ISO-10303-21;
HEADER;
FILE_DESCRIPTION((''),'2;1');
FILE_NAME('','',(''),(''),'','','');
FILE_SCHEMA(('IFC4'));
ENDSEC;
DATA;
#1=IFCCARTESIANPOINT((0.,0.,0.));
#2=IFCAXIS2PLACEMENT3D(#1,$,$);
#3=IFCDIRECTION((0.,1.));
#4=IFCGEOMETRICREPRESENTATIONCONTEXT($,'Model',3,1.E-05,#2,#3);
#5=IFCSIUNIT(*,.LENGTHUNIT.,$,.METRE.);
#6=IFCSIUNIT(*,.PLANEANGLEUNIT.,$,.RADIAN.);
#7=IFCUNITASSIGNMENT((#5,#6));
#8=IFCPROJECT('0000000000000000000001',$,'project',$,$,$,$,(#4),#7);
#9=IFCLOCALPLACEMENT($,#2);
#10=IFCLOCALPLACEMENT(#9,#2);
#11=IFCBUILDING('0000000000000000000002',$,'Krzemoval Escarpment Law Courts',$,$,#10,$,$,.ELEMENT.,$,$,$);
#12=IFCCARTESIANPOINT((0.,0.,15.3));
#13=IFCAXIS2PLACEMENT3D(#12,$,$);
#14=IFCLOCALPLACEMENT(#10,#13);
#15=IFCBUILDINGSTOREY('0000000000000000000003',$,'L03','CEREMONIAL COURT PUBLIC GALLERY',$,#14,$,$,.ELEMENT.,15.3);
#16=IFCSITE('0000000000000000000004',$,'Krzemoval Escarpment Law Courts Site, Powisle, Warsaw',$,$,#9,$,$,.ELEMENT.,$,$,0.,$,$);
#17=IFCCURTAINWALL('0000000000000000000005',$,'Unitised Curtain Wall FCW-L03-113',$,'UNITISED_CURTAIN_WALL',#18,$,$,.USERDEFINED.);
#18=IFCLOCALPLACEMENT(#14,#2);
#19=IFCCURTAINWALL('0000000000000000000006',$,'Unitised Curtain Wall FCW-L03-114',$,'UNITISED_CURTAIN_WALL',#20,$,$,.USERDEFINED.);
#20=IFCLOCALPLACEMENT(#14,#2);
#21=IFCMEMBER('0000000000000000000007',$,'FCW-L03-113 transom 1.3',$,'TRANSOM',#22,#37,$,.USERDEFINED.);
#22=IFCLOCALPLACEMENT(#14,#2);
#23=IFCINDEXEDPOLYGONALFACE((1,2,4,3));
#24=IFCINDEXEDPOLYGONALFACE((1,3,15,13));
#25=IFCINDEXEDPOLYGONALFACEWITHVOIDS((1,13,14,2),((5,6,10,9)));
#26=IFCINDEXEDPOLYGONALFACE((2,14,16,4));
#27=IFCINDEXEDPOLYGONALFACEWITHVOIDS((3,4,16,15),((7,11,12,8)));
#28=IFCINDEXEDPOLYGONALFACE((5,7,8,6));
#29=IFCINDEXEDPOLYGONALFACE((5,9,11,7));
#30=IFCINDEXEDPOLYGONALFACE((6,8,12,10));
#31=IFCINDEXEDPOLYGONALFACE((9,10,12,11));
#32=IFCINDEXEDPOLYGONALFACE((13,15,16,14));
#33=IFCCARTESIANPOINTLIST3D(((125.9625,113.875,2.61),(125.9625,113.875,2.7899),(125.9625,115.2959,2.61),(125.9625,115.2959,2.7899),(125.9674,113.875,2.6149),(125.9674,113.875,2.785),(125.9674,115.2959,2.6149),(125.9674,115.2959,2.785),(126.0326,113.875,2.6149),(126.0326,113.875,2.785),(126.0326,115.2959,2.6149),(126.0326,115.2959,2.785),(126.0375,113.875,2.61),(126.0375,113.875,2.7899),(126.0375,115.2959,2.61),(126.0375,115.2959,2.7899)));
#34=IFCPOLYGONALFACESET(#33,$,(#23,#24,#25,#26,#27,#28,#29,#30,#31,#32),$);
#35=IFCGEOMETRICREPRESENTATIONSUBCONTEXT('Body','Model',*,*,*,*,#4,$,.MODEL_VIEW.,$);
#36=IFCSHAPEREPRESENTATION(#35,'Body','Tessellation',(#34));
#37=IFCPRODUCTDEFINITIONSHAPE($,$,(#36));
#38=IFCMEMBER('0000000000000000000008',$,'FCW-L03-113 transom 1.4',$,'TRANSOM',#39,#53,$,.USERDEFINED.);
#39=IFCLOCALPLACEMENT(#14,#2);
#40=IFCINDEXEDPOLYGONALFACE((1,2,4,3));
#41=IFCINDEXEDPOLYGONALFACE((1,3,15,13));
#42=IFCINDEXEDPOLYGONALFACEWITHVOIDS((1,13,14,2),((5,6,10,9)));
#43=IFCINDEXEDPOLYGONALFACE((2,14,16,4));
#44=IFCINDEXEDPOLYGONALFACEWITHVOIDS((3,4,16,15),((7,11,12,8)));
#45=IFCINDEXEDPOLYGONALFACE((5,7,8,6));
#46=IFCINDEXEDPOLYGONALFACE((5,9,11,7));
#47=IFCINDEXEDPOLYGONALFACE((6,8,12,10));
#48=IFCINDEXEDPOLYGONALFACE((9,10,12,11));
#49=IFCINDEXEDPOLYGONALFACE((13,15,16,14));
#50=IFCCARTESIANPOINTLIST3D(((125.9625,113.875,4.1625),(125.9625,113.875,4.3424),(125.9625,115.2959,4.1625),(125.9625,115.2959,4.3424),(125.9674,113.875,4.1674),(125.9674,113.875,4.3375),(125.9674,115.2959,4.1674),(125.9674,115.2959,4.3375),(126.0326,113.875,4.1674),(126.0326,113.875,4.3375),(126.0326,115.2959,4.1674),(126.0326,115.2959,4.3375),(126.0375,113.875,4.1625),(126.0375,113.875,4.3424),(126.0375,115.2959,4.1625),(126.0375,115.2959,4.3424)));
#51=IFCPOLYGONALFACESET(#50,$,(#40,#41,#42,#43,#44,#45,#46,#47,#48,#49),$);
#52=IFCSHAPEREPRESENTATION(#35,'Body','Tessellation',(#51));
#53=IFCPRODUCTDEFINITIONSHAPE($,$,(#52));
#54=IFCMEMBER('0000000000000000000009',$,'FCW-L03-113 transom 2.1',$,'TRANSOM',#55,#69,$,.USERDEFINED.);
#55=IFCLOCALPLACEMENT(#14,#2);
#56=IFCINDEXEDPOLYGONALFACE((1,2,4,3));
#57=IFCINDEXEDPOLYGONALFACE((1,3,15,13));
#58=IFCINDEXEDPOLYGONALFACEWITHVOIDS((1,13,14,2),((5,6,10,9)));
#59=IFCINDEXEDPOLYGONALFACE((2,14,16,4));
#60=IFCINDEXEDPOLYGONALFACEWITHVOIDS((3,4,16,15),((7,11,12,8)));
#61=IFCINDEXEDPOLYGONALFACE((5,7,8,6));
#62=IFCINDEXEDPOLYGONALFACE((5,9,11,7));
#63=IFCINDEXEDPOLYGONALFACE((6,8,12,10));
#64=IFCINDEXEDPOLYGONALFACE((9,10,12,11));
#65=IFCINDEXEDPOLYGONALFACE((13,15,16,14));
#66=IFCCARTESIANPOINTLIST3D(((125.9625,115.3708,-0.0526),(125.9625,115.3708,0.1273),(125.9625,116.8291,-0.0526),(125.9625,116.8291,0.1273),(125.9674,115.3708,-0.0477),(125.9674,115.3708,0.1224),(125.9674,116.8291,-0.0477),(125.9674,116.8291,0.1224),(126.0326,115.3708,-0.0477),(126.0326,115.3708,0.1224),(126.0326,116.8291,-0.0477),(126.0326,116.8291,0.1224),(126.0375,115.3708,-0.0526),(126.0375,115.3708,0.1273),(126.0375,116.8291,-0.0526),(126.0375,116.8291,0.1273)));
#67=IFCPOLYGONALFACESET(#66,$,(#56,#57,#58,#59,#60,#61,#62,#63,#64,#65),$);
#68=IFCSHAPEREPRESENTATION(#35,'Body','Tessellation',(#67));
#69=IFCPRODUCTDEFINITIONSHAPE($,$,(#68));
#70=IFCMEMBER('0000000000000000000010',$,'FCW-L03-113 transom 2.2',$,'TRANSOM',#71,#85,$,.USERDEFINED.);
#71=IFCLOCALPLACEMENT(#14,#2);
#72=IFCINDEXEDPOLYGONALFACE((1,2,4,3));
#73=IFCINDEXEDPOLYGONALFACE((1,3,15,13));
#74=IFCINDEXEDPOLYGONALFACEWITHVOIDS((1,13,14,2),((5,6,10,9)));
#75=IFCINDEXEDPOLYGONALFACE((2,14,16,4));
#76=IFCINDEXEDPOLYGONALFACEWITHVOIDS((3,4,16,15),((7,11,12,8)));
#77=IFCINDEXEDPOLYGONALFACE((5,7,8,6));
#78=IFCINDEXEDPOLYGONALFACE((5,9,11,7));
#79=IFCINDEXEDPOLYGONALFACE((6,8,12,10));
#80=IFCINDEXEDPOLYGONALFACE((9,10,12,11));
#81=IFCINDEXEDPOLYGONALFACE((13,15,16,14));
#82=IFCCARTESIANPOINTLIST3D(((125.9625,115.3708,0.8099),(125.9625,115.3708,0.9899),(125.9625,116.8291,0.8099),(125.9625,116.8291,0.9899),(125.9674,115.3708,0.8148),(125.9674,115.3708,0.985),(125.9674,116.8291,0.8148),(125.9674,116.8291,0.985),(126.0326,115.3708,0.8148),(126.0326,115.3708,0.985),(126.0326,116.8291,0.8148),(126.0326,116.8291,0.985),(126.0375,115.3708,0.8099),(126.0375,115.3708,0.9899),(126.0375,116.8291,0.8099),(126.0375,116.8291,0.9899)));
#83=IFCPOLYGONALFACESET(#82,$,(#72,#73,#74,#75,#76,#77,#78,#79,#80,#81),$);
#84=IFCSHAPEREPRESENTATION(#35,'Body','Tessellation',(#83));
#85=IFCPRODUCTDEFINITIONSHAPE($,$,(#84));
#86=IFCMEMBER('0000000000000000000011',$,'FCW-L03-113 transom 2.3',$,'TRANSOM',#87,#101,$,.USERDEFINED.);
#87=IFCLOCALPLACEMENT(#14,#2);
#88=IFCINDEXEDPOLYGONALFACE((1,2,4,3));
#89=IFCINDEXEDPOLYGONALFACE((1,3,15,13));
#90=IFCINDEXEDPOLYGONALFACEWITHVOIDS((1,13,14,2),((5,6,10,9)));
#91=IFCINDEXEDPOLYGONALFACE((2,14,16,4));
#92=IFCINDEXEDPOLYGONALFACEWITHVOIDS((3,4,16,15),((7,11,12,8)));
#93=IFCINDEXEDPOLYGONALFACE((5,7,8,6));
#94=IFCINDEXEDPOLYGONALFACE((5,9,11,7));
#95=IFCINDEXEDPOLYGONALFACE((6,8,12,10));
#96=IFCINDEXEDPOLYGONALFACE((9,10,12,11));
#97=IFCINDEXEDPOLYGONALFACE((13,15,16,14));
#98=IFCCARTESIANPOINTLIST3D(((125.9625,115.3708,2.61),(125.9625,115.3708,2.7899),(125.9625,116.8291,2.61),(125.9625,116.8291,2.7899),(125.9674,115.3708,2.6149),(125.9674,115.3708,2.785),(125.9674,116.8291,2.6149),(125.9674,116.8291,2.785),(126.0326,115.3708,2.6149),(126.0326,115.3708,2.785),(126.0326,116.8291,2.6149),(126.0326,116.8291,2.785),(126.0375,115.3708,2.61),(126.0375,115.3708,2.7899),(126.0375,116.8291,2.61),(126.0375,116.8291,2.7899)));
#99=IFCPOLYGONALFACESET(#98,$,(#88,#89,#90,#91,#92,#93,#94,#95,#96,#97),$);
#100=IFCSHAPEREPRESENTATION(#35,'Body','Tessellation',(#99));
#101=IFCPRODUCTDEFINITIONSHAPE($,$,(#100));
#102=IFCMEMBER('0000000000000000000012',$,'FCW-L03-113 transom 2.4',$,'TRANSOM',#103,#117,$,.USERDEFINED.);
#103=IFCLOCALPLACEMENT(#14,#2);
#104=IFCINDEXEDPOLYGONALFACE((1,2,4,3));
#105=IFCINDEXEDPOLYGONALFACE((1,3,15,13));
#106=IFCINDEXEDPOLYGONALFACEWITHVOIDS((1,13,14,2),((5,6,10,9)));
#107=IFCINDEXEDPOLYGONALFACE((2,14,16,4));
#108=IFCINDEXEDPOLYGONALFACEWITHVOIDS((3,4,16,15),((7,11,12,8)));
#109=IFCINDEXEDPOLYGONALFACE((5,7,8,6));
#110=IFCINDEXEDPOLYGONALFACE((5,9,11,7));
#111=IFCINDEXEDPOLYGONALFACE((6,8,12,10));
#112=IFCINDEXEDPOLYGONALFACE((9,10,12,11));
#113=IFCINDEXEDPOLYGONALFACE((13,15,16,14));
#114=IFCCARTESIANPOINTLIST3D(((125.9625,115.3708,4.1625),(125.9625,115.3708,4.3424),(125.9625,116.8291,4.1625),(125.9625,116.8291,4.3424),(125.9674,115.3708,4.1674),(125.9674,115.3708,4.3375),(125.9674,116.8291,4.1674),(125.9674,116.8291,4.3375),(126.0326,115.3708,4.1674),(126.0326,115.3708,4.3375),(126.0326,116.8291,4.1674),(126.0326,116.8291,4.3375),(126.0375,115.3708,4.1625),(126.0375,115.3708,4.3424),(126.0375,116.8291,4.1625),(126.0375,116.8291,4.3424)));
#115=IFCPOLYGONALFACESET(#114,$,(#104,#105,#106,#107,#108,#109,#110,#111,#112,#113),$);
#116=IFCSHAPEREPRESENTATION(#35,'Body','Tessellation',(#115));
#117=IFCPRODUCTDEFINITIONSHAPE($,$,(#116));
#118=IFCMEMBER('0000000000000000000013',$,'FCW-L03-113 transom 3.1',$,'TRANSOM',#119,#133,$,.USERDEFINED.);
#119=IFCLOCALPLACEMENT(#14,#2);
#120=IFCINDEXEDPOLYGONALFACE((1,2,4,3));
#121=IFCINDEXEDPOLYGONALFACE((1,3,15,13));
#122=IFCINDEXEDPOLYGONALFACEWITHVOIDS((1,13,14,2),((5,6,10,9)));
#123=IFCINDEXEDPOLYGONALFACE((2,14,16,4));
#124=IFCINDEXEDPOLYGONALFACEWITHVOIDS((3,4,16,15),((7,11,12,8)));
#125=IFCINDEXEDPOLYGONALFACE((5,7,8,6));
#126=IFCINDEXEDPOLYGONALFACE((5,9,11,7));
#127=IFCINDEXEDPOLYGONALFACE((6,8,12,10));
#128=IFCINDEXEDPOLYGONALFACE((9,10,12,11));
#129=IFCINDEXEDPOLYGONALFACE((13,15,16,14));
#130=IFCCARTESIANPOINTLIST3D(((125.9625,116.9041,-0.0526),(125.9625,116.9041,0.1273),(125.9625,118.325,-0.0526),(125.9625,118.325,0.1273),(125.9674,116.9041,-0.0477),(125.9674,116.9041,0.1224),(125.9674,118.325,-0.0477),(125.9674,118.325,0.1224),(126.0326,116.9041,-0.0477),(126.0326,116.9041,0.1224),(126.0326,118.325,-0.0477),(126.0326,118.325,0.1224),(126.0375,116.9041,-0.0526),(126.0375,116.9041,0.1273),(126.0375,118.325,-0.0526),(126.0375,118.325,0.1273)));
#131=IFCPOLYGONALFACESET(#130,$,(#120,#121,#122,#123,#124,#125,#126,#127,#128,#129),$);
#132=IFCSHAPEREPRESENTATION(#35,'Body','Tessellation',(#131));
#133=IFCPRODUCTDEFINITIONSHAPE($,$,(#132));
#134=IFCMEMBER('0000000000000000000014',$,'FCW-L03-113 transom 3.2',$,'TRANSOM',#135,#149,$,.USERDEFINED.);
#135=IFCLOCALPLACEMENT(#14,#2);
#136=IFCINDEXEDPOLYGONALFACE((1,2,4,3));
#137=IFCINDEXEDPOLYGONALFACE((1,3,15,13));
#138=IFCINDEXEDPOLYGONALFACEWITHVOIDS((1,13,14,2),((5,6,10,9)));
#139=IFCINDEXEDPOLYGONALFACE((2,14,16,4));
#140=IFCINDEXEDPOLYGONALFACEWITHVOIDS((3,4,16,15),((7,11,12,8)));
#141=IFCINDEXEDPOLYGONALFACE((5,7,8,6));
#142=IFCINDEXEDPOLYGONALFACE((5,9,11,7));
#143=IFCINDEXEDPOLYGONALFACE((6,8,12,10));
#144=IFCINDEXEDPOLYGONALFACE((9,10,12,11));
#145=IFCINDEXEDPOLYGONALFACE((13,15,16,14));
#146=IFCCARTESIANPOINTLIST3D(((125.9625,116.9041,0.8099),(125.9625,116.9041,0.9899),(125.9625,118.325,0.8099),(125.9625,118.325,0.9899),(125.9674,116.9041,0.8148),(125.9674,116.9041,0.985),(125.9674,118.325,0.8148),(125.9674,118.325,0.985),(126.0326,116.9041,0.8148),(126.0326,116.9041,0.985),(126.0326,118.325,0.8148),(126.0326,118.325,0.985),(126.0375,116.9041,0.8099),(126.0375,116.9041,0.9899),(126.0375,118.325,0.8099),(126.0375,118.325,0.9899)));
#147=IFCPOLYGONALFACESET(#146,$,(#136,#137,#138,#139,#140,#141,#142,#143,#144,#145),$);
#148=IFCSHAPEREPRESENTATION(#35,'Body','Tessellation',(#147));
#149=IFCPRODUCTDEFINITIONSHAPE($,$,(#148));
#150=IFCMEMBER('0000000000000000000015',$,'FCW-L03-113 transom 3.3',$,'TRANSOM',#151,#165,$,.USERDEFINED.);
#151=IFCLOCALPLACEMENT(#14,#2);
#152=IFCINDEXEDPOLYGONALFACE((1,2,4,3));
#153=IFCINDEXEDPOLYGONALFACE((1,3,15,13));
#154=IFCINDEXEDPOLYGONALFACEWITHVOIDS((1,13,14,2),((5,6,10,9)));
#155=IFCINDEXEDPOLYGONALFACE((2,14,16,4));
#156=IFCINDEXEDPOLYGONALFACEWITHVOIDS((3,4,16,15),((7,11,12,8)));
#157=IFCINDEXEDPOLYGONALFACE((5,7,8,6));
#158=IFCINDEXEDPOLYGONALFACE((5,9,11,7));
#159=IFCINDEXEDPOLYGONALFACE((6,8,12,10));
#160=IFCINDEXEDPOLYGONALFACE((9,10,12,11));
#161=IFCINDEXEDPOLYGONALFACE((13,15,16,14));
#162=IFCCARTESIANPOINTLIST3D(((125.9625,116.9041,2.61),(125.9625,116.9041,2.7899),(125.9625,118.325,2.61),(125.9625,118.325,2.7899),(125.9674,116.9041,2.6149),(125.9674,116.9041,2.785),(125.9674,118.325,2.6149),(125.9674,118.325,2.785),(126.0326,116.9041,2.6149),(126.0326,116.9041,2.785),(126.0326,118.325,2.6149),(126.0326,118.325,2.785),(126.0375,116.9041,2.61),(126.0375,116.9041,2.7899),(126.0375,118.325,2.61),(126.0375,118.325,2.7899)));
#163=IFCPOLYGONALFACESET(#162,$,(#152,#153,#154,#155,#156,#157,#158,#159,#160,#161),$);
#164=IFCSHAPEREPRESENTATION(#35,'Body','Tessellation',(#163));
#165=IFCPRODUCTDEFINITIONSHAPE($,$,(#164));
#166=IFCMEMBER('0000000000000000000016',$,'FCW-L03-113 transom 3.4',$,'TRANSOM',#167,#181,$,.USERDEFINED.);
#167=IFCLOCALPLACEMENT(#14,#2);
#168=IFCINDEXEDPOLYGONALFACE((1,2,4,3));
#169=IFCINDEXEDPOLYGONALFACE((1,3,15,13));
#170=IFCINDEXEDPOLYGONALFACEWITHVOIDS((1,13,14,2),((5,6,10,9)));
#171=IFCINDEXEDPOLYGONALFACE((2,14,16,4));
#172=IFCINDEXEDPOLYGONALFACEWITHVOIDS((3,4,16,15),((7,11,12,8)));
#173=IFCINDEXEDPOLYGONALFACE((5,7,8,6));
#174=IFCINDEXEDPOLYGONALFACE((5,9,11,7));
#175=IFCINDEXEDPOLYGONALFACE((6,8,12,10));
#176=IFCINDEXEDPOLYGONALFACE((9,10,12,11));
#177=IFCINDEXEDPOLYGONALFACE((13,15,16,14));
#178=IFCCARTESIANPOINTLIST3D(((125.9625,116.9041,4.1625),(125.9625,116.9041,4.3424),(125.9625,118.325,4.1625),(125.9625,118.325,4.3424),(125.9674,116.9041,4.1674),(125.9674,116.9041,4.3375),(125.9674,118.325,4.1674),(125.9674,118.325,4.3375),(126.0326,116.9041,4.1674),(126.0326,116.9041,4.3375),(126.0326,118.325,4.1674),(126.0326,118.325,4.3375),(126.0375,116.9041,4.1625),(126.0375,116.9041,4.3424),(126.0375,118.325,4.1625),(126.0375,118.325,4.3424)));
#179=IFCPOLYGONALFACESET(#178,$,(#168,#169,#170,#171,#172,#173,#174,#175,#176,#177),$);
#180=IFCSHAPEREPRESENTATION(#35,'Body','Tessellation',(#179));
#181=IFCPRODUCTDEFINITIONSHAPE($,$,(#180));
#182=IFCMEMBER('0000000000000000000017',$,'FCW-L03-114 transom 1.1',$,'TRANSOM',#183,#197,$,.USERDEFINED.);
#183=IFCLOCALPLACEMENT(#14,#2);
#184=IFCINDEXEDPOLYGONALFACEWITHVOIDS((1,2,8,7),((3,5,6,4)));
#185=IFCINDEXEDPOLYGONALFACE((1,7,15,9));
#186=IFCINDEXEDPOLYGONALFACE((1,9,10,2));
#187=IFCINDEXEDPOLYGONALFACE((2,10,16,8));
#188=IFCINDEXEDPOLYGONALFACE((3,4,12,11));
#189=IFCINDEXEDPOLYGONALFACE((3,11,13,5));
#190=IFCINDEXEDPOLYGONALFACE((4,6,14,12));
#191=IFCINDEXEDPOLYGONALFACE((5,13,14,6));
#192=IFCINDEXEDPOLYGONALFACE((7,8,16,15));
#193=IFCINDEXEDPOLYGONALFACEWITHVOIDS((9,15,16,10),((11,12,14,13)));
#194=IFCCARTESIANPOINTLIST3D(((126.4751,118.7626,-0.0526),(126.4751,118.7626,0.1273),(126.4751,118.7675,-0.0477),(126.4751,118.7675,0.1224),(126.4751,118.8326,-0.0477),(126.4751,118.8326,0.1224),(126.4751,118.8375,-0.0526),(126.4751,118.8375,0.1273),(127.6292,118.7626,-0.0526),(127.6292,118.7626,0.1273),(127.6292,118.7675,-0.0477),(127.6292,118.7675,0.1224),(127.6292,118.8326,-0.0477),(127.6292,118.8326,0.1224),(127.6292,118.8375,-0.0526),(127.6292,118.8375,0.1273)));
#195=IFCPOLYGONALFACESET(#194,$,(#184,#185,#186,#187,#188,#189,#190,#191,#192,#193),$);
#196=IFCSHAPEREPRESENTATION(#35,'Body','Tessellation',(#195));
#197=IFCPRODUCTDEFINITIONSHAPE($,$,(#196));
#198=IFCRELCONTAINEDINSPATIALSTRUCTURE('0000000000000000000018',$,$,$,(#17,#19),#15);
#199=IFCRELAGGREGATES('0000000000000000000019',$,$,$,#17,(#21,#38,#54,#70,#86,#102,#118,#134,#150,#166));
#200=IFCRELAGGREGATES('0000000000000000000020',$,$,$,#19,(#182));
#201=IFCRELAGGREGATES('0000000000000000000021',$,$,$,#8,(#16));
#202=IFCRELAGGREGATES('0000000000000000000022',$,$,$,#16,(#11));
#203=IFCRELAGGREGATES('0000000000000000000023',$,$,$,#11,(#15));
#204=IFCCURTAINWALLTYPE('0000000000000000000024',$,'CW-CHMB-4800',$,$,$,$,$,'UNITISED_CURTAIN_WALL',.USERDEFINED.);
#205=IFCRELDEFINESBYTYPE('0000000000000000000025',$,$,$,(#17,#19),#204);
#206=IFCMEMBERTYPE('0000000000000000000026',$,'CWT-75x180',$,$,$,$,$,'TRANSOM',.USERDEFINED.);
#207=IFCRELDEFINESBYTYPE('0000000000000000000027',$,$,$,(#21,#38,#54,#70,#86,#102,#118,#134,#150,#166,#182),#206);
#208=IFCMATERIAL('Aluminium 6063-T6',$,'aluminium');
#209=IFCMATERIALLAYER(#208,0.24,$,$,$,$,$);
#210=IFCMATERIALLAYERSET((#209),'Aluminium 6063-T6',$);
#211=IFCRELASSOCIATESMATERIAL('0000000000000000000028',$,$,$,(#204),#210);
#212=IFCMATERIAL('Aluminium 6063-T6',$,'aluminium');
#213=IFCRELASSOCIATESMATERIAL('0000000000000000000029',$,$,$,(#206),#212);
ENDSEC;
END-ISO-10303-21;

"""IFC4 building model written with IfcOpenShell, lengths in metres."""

from ifc_helpers import new_model, si_unit, direction, frame, origin, origin_2d, place, context, subcontext, project, spatial, hollow_rectangle, extrude, material, layer, layer_set, material_profile, profile_set, type_object, element, aggregate, save


model = new_model("IFC4")

# Units and contexts
model_context = context("Model", 3, precision=1e-05, world=origin(), true_north=direction((0.0, 1.0)))
body_context = subcontext(model_context, "Body", "Model", "MODEL_VIEW")
ifc_project = project(units=[si_unit("LENGTHUNIT", "METRE"), si_unit("PLANEANGLEUNIT", "RADIAN")], contexts=[model_context])

# Site, building, storey
site_placement = place(None, origin())
site = spatial("IfcSite", under=ifc_project, at=site_placement, Name="Krzemoval Escarpment Law Courts Site, Powisle, Warsaw", CompositionType="ELEMENT", RefElevation=0.0)
building_placement = place(site_placement, origin())
building = spatial("IfcBuilding", under=site, at=building_placement, Name="Krzemoval Escarpment Law Courts", CompositionType="ELEMENT")
storey_placement = place(building_placement, frame((0.0, 0.0, 15.3)))
storey = spatial("IfcBuildingStorey", under=building, at=storey_placement, Name="L03", Description="CEREMONIAL COURT PUBLIC GALLERY", CompositionType="ELEMENT", Elevation=15.3)

# Curtain walls
ifc_material_1 = material(Name="Aluminium 6063-T6", Category="aluminium")
ifc_layer_1 = layer(ifc_material_1, 0.24)
ifc_layer_set_1 = layer_set([ifc_layer_1], Name="Aluminium 6063-T6")
curtain_wall_type = type_object("IfcCurtainWallType", Name="CW-CHMB-4800", ElementType="UNITISED_CURTAIN_WALL", PredefinedType="USERDEFINED", material=ifc_layer_set_1)
curtain_wall_1_placement = place(storey_placement, origin())
curtain_wall_1 = element("IfcCurtainWall", 1, at=curtain_wall_1_placement, inside=storey, type_object=curtain_wall_type, Name="Unitised Curtain Wall FCW-L03-113", ObjectType="UNITISED_CURTAIN_WALL", PredefinedType="USERDEFINED")
curtain_wall_2_placement = place(storey_placement, origin())
curtain_wall_2 = element("IfcCurtainWall", 2, at=curtain_wall_2_placement, inside=storey, type_object=curtain_wall_type, Name="Unitised Curtain Wall FCW-L03-114", ObjectType="UNITISED_CURTAIN_WALL", PredefinedType="USERDEFINED")

# Members
ifc_material_2 = material(Name="Aluminium 6063-T6", Category="aluminium")
ifc_material_profile_1 = material_profile(ifc_material_2, hollow_rectangle(XDim=0.075, YDim=0.1799, WallThickness=0.0049, at=origin_2d()), Name="ALU T75x180")
ifc_profile_set_1 = profile_set([ifc_material_profile_1], Name="Aluminium 6063-T6")
member_type_1 = type_object("IfcMemberType", Name="CWT-75x180", ElementType="TRANSOM", PredefinedType="USERDEFINED", material=ifc_profile_set_1)
member_1_placement = place(storey_placement, frame((126.0, 113.875, 2.7), z_axis=(0.0, 1.0, 0.0), x_axis=(-1.0, 0.0, 0.0)))
member_1 = element("IfcMember", 3, at=member_1_placement, type_object=member_type_1, Name="FCW-L03-113 transom 1.3", ObjectType="TRANSOM", PredefinedType="USERDEFINED", context=body_context, shape_type="SweptSolid", body=[
    extrude(hollow_rectangle(XDim=0.075, YDim=0.1799, WallThickness=0.0049, at=origin_2d()), origin(), (0.0, 0.0, 1.0), 1.4209),
])
member_2_placement = place(storey_placement, frame((126.0, 113.875, 4.2524), z_axis=(0.0, 1.0, 0.0), x_axis=(-1.0, 0.0, 0.0)))
member_2 = element("IfcMember", 4, at=member_2_placement, type_object=member_type_1, Name="FCW-L03-113 transom 1.4", ObjectType="TRANSOM", PredefinedType="USERDEFINED", context=body_context, shape_type="SweptSolid", body=[
    extrude(hollow_rectangle(XDim=0.075, YDim=0.1799, WallThickness=0.0049, at=origin_2d()), origin(), (0.0, 0.0, 1.0), 1.4209),
])
member_3_placement = place(storey_placement, frame((126.0, 115.3708, 0.0374), z_axis=(0.0, 1.0, 0.0), x_axis=(-1.0, 0.0, 0.0)))
member_3 = element("IfcMember", 5, at=member_3_placement, type_object=member_type_1, Name="FCW-L03-113 transom 2.1", ObjectType="TRANSOM", PredefinedType="USERDEFINED", context=body_context, shape_type="SweptSolid", body=[
    extrude(hollow_rectangle(XDim=0.075, YDim=0.1799, WallThickness=0.0049, at=origin_2d()), origin(), (0.0, 0.0, 1.0), 1.4583),
])
member_4_placement = place(storey_placement, frame((126.0, 115.3708, 0.8999), z_axis=(0.0, 1.0, 0.0), x_axis=(-1.0, 0.0, 0.0)))
member_4 = element("IfcMember", 6, at=member_4_placement, type_object=member_type_1, Name="FCW-L03-113 transom 2.2", ObjectType="TRANSOM", PredefinedType="USERDEFINED", context=body_context, shape_type="SweptSolid", body=[
    extrude(hollow_rectangle(XDim=0.075, YDim=0.1799, WallThickness=0.0049, at=origin_2d()), origin(), (0.0, 0.0, 1.0), 1.4583),
])
member_5_placement = place(storey_placement, frame((126.0, 115.3708, 2.7), z_axis=(0.0, 1.0, 0.0), x_axis=(-1.0, 0.0, 0.0)))
member_5 = element("IfcMember", 7, at=member_5_placement, type_object=member_type_1, Name="FCW-L03-113 transom 2.3", ObjectType="TRANSOM", PredefinedType="USERDEFINED", context=body_context, shape_type="SweptSolid", body=[
    extrude(hollow_rectangle(XDim=0.075, YDim=0.1799, WallThickness=0.0049, at=origin_2d()), origin(), (0.0, 0.0, 1.0), 1.4583),
])
member_6_placement = place(storey_placement, frame((126.0, 115.3708, 4.2524), z_axis=(0.0, 1.0, 0.0), x_axis=(-1.0, 0.0, 0.0)))
member_6 = element("IfcMember", 8, at=member_6_placement, type_object=member_type_1, Name="FCW-L03-113 transom 2.4", ObjectType="TRANSOM", PredefinedType="USERDEFINED", context=body_context, shape_type="SweptSolid", body=[
    extrude(hollow_rectangle(XDim=0.075, YDim=0.1799, WallThickness=0.0049, at=origin_2d()), origin(), (0.0, 0.0, 1.0), 1.4583),
])
member_7_placement = place(storey_placement, frame((126.0, 116.9041, 0.0374), z_axis=(0.0, 1.0, 0.0), x_axis=(-1.0, 0.0, 0.0)))
member_7 = element("IfcMember", 9, at=member_7_placement, type_object=member_type_1, Name="FCW-L03-113 transom 3.1", ObjectType="TRANSOM", PredefinedType="USERDEFINED", context=body_context, shape_type="SweptSolid", body=[
    extrude(hollow_rectangle(XDim=0.075, YDim=0.1799, WallThickness=0.0049, at=origin_2d()), origin(), (0.0, 0.0, 1.0), 1.4209),
])
member_8_placement = place(storey_placement, frame((126.0, 116.9041, 0.8999), z_axis=(0.0, 1.0, 0.0), x_axis=(-1.0, 0.0, 0.0)))
member_8 = element("IfcMember", 10, at=member_8_placement, type_object=member_type_1, Name="FCW-L03-113 transom 3.2", ObjectType="TRANSOM", PredefinedType="USERDEFINED", context=body_context, shape_type="SweptSolid", body=[
    extrude(hollow_rectangle(XDim=0.075, YDim=0.1799, WallThickness=0.0049, at=origin_2d()), origin(), (0.0, 0.0, 1.0), 1.4209),
])
member_9_placement = place(storey_placement, frame((126.0, 116.9041, 2.7), z_axis=(0.0, 1.0, 0.0), x_axis=(-1.0, 0.0, 0.0)))
member_9 = element("IfcMember", 11, at=member_9_placement, type_object=member_type_1, Name="FCW-L03-113 transom 3.3", ObjectType="TRANSOM", PredefinedType="USERDEFINED", context=body_context, shape_type="SweptSolid", body=[
    extrude(hollow_rectangle(XDim=0.075, YDim=0.1799, WallThickness=0.0049, at=origin_2d()), origin(), (0.0, 0.0, 1.0), 1.4209),
])
member_10_placement = place(storey_placement, frame((126.0, 116.9041, 4.2524), z_axis=(0.0, 1.0, 0.0), x_axis=(-1.0, 0.0, 0.0)))
member_10 = element("IfcMember", 12, at=member_10_placement, type_object=member_type_1, Name="FCW-L03-113 transom 3.4", ObjectType="TRANSOM", PredefinedType="USERDEFINED", context=body_context, shape_type="SweptSolid", body=[
    extrude(hollow_rectangle(XDim=0.075, YDim=0.1799, WallThickness=0.0049, at=origin_2d()), origin(), (0.0, 0.0, 1.0), 1.4209),
])
member_11_placement = place(storey_placement, frame((126.4751, 118.8, 0.0374), z_axis=(1.0, 0.0, 0.0), x_axis=(0.0, 1.0, 0.0)))
member_11 = element("IfcMember", 13, at=member_11_placement, type_object=member_type_1, Name="FCW-L03-114 transom 1.1", ObjectType="TRANSOM", PredefinedType="USERDEFINED", context=body_context, shape_type="SweptSolid", body=[
    extrude(hollow_rectangle(XDim=0.075, YDim=0.1799, WallThickness=0.0049, at=origin_2d()), origin(), (0.0, 0.0, 1.0), 1.1541),
])

aggregate(curtain_wall_1, [member_1, member_2, member_3, member_4, member_5, member_6, member_7, member_8, member_9, member_10])
aggregate(curtain_wall_2, [member_11])

save(model, "model.ifc")
